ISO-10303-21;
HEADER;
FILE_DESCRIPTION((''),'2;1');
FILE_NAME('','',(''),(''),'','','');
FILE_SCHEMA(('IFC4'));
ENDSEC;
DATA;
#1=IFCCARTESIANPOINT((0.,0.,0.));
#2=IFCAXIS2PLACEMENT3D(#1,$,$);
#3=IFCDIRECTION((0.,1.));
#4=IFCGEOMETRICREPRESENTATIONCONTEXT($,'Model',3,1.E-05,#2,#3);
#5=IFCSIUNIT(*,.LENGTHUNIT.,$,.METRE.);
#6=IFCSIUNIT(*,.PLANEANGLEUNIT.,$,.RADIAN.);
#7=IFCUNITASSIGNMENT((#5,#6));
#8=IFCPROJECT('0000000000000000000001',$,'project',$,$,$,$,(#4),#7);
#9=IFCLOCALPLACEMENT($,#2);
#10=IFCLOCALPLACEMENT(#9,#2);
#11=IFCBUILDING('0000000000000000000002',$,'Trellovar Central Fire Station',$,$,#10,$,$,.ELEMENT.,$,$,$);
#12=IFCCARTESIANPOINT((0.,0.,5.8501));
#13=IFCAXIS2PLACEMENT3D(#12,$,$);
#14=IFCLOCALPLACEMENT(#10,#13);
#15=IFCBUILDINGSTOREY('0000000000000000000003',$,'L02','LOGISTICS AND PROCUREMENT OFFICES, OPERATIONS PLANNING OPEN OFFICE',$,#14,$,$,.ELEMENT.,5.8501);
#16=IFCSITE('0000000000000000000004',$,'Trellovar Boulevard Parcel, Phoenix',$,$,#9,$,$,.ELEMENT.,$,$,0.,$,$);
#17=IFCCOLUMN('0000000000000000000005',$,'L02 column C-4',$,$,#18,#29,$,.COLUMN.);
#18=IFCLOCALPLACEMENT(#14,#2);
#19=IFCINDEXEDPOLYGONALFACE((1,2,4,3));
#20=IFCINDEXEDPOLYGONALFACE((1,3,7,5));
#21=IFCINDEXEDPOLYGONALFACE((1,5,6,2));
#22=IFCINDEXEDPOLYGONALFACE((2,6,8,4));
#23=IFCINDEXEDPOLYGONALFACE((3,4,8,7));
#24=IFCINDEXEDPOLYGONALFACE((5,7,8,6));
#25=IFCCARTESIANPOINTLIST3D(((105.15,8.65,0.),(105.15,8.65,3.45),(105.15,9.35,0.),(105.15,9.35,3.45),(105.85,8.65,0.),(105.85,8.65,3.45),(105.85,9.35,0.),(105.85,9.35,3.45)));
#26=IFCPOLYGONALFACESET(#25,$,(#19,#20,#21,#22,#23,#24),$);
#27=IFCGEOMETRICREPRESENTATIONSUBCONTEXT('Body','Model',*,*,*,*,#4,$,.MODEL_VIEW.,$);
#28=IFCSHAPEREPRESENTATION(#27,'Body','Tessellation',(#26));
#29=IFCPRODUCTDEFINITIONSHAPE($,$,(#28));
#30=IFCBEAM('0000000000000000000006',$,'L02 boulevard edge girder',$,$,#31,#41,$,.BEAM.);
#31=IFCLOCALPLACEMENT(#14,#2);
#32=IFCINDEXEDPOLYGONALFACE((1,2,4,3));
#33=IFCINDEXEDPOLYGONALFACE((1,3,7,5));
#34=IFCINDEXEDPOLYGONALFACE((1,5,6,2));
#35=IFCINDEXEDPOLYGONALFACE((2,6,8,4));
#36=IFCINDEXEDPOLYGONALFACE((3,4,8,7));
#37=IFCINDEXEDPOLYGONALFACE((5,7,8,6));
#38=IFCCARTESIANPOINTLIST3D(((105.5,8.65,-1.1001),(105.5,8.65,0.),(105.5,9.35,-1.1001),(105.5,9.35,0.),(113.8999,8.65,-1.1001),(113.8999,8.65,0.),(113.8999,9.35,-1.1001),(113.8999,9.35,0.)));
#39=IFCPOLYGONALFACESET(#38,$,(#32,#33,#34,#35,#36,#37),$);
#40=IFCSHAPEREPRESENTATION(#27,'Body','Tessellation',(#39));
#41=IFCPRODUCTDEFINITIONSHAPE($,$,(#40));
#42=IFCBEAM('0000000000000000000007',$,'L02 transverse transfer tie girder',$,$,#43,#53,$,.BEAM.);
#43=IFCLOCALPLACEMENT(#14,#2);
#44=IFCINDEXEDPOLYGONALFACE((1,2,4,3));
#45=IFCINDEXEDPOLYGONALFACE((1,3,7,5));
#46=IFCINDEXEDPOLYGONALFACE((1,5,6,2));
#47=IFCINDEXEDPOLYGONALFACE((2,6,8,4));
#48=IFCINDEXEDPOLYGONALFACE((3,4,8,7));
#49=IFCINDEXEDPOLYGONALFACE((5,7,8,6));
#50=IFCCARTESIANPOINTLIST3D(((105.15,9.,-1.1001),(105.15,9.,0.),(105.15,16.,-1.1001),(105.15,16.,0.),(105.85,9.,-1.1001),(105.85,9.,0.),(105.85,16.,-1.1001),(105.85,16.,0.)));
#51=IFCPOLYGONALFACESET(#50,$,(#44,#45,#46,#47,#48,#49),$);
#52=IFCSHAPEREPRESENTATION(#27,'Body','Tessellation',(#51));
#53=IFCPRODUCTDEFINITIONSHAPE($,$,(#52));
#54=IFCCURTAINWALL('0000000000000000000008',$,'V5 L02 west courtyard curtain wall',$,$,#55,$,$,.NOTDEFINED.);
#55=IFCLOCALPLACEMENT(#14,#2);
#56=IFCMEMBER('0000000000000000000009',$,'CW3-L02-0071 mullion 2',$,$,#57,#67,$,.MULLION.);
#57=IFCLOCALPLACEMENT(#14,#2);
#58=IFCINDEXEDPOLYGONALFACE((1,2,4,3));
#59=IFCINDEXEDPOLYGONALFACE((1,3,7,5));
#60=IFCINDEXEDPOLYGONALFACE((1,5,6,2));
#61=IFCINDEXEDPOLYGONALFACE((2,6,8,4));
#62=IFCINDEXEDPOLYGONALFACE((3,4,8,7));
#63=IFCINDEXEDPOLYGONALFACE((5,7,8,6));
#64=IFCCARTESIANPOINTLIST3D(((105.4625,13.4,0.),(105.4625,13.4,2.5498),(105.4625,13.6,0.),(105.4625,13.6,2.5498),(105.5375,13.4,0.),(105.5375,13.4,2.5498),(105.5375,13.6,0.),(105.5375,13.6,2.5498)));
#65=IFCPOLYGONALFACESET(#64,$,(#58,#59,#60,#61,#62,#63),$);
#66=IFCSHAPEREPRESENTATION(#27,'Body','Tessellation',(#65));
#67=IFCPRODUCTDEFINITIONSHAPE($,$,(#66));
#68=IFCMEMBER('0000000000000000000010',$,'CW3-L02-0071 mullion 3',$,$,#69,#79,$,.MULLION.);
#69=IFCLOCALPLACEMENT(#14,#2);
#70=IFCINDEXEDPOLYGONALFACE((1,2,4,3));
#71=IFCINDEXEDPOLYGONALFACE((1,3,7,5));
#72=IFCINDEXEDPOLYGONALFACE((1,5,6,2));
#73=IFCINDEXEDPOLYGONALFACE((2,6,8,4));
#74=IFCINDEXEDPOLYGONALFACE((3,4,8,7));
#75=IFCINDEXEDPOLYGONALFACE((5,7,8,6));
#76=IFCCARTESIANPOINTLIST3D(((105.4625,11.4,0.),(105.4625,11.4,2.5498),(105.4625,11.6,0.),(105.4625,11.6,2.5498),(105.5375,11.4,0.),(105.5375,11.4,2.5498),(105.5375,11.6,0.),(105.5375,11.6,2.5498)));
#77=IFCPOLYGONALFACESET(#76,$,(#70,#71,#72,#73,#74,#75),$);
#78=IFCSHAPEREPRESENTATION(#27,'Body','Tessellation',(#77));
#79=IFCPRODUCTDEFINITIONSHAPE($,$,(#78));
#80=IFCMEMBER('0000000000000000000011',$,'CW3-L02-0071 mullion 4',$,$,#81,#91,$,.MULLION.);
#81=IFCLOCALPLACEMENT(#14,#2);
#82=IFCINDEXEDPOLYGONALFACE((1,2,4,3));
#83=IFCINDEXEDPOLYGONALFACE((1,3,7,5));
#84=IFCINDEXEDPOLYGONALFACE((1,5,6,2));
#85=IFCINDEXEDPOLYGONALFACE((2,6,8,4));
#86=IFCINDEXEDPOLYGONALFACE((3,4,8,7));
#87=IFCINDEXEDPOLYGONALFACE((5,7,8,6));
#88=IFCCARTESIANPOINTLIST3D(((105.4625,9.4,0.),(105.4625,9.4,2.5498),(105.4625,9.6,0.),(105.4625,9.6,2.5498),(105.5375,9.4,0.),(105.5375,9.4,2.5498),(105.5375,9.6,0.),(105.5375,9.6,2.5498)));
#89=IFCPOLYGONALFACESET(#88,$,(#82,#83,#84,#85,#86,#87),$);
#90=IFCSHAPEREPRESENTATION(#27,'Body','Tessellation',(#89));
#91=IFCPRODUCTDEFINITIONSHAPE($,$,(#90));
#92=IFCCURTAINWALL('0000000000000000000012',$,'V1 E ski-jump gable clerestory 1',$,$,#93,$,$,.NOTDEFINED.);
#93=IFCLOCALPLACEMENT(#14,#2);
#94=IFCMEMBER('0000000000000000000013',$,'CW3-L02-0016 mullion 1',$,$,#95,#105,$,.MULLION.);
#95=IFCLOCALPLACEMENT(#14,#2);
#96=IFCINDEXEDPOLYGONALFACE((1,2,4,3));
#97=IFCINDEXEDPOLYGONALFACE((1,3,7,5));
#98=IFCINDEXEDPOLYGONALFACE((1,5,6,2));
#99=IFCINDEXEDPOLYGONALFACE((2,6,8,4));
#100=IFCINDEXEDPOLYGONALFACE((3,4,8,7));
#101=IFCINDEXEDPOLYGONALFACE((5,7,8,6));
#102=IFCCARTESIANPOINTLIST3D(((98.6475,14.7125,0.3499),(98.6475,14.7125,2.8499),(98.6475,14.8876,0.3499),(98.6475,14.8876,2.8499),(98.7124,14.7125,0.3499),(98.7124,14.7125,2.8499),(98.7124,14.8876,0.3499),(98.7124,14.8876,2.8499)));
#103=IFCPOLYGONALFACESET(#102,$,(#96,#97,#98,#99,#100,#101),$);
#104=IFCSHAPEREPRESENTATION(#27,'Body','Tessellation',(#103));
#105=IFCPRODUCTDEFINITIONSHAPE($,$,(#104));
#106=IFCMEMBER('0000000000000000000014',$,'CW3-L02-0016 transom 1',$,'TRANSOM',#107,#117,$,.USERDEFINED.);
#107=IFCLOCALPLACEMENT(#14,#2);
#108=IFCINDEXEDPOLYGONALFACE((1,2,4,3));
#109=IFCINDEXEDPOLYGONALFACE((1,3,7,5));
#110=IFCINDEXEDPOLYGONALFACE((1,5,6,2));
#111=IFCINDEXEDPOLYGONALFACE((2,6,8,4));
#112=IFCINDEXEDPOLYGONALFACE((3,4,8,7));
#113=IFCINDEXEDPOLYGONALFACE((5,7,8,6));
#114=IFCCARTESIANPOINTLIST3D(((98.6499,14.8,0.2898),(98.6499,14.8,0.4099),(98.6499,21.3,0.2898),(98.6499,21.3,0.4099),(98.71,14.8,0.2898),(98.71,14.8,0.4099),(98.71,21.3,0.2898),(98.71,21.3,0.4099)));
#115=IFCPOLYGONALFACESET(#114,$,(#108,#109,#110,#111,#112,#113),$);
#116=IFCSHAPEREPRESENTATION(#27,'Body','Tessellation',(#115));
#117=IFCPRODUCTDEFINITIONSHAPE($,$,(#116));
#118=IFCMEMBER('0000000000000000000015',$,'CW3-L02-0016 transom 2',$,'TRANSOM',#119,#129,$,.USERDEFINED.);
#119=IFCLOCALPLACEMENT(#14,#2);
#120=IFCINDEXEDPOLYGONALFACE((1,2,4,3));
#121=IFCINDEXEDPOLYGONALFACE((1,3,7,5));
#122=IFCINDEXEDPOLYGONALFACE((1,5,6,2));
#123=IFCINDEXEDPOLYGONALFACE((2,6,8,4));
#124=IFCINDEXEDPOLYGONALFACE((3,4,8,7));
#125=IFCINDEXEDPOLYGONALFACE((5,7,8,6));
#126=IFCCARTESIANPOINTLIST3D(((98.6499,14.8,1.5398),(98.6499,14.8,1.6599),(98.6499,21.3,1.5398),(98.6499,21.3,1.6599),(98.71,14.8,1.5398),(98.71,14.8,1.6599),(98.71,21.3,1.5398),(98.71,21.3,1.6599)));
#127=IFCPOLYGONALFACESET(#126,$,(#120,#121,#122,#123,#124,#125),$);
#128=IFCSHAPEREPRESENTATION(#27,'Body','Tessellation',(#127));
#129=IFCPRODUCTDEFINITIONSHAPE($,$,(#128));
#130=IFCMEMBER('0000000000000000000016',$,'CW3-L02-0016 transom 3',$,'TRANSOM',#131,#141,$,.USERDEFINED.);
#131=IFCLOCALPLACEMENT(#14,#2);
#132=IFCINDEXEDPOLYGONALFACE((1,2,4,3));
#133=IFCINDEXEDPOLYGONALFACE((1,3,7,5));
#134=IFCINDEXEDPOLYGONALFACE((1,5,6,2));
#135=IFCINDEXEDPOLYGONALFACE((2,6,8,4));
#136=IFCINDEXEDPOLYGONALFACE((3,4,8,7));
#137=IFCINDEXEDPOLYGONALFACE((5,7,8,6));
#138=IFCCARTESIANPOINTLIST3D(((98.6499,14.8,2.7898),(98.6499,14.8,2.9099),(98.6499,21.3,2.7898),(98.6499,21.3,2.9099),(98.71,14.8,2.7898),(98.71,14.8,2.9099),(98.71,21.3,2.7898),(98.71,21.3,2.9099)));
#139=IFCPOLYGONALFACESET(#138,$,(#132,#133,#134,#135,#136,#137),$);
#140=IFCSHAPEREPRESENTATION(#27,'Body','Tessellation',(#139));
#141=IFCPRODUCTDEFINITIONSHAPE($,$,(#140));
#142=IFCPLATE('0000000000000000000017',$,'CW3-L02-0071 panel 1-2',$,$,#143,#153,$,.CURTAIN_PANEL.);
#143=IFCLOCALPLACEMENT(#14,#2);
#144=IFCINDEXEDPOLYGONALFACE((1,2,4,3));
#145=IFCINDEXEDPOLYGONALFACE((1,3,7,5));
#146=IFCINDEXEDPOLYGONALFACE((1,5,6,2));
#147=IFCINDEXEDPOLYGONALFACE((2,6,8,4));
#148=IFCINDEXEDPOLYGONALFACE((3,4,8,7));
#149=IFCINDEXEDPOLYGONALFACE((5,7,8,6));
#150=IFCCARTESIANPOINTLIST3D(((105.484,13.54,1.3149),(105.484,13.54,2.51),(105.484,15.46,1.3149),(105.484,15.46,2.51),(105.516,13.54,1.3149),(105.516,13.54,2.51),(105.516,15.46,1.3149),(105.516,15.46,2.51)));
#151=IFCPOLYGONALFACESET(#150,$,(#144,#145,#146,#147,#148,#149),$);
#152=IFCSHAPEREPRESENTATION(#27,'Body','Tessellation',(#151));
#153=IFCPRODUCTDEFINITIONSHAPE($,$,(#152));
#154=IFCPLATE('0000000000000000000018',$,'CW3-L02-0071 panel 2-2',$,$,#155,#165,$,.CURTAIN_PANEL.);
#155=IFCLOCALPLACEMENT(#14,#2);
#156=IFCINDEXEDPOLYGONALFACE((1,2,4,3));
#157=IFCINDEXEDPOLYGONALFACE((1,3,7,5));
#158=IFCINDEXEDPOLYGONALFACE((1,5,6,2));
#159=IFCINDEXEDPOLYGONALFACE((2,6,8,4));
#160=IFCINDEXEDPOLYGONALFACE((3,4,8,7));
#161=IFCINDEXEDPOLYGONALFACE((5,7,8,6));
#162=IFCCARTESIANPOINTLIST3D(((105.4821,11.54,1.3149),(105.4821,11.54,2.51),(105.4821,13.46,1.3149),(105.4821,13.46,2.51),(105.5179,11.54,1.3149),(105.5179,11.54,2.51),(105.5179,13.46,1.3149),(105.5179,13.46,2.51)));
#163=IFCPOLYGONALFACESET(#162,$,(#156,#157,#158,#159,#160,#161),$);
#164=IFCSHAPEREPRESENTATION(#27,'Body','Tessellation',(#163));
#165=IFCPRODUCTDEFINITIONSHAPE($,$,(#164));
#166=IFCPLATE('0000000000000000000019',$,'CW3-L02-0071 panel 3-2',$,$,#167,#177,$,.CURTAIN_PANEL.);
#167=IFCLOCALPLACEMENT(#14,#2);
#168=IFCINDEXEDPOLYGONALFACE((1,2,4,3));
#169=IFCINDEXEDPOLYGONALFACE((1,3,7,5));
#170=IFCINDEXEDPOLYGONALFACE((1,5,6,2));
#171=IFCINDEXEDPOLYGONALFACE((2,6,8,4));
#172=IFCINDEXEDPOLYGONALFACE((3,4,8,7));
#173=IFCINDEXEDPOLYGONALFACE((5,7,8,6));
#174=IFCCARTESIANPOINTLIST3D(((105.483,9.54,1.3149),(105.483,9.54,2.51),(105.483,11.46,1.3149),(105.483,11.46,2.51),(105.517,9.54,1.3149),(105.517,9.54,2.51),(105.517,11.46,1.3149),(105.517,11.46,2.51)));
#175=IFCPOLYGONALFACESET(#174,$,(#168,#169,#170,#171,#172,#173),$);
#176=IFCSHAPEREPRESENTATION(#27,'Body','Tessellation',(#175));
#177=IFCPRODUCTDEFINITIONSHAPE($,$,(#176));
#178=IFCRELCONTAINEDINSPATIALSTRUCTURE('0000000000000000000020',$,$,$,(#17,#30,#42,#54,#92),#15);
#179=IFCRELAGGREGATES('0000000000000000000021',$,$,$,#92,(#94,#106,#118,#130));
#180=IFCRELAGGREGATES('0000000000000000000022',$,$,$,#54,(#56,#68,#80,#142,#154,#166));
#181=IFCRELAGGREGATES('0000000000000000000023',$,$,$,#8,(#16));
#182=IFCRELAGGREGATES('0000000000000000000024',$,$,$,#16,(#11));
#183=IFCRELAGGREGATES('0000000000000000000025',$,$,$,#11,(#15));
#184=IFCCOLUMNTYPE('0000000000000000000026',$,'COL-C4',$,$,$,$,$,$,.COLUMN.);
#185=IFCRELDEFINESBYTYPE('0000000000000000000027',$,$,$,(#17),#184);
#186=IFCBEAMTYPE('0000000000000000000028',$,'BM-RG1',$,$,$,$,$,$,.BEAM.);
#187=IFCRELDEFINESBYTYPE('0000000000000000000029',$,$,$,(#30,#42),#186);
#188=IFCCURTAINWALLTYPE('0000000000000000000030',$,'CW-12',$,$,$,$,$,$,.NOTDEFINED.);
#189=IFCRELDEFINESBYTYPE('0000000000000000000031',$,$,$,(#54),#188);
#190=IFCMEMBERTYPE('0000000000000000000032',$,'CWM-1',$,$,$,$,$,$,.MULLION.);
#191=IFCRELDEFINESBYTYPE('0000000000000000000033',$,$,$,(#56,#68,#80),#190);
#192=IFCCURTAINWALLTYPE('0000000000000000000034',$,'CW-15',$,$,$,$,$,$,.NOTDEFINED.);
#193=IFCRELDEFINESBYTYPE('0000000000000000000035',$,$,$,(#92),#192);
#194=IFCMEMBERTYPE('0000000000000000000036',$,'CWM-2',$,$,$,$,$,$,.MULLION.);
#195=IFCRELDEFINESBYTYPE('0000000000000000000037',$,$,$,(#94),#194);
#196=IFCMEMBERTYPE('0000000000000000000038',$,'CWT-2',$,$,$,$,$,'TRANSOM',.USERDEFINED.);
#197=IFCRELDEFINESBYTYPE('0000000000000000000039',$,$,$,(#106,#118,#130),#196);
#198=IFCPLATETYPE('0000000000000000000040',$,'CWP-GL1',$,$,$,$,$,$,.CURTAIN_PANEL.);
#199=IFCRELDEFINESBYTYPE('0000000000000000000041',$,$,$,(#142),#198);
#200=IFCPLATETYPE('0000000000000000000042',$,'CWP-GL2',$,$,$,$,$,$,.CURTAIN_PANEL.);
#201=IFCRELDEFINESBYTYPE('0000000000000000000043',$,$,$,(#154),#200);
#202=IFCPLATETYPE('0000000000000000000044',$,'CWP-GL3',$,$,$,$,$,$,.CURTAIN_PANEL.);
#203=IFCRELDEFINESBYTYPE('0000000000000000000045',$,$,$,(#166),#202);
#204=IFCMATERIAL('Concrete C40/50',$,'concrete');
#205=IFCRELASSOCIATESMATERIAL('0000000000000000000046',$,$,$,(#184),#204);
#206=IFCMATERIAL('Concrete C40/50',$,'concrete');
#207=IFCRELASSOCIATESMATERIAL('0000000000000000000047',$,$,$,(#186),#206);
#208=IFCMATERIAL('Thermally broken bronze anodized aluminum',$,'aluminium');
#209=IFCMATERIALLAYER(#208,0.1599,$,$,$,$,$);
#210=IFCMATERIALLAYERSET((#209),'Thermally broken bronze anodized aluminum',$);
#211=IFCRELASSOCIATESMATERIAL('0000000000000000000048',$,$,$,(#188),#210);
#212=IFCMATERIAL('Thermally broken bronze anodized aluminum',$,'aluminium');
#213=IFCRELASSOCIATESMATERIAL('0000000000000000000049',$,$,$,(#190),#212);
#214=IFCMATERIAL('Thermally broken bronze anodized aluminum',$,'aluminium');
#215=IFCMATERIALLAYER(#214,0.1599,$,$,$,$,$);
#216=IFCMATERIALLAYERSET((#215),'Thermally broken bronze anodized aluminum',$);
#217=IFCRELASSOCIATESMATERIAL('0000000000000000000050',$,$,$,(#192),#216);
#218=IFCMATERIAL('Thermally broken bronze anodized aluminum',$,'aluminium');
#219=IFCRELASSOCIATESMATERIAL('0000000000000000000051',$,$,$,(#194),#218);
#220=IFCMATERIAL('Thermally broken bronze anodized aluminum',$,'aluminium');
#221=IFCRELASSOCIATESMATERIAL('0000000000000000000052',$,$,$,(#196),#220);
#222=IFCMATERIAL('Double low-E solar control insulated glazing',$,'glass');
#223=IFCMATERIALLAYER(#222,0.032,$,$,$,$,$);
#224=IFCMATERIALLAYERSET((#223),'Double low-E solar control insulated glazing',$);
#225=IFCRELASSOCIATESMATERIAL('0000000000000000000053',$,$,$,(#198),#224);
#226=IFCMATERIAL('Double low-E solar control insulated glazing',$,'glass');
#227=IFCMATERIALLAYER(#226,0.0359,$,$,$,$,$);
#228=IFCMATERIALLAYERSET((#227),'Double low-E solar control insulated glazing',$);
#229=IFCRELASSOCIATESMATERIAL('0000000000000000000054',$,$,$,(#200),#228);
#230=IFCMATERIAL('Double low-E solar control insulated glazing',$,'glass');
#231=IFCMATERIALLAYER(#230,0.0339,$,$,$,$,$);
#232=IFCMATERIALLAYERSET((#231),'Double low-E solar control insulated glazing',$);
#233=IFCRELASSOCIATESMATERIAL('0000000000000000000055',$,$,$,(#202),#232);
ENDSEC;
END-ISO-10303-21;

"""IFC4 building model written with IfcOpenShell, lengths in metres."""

from ifc_helpers import new_model, si_unit, direction, frame, origin, origin_2d, place, context, subcontext, project, spatial, rectangle, extrude, material, layer, layer_set, material_profile, profile_set, type_object, element, aggregate, save


model = new_model("IFC4")

# Units and contexts
model_context = context("Model", 3, precision=1e-05, world=origin(), true_north=direction((0.0, 1.0)))
body_context = subcontext(model_context, "Body", "Model", "MODEL_VIEW")
ifc_project = project(units=[si_unit("LENGTHUNIT", "METRE"), si_unit("PLANEANGLEUNIT", "RADIAN")], contexts=[model_context])

# Site, building, storey
site_placement = place(None, origin())
site = spatial("IfcSite", under=ifc_project, at=site_placement, Name="Trellovar Boulevard Parcel, Phoenix", CompositionType="ELEMENT", RefElevation=0.0)
building_placement = place(site_placement, origin())
building = spatial("IfcBuilding", under=site, at=building_placement, Name="Trellovar Central Fire Station", CompositionType="ELEMENT")
storey_placement = place(building_placement, frame((0.0, 0.0, 5.8501)))
storey = spatial("IfcBuildingStorey", under=building, at=storey_placement, Name="L02", Description="LOGISTICS AND PROCUREMENT OFFICES, OPERATIONS PLANNING OPEN OFFICE", CompositionType="ELEMENT", Elevation=5.8501)

# Column
ifc_material_1 = material(Name="Concrete C40/50", Category="concrete")
ifc_material_profile_1 = material_profile(ifc_material_1, rectangle(XDim=0.7, YDim=0.7, at=origin_2d()), Name="RC700X700")
ifc_profile_set_1 = profile_set([ifc_material_profile_1], Name="Concrete C40/50")
column_type = type_object("IfcColumnType", Name="COL-C4", PredefinedType="COLUMN", material=ifc_profile_set_1)
column_placement = place(storey_placement, frame((105.5, 9.0, 0.0), z_axis=(0.0, 0.0, 1.0), x_axis=(1.0, 0.0, 0.0)))
element("IfcColumn", 1, at=column_placement, inside=storey, type_object=column_type, Name="L02 column C-4", PredefinedType="COLUMN", context=body_context, shape_type="SweptSolid", body=[
    extrude(rectangle(XDim=0.7, YDim=0.7, at=origin_2d()), origin(), (0.0, 0.0, 1.0), 3.45),
])

# Beams
ifc_material_2 = material(Name="Concrete C40/50", Category="concrete")
ifc_material_profile_2 = material_profile(ifc_material_2, rectangle(XDim=0.7, YDim=1.1001, at=origin_2d()), Name="RC700X1100")
ifc_profile_set_2 = profile_set([ifc_material_profile_2], Name="Concrete C40/50")
beam_type = type_object("IfcBeamType", Name="BM-RG1", PredefinedType="BEAM", material=ifc_profile_set_2)
beam_1_placement = place(storey_placement, frame((105.5, 9.0, -0.55), z_axis=(1.0, 0.0, 0.0), x_axis=(0.0, 1.0, 0.0)))
element("IfcBeam", 2, at=beam_1_placement, inside=storey, type_object=beam_type, Name="L02 boulevard edge girder", PredefinedType="BEAM", context=body_context, shape_type="SweptSolid", body=[
    extrude(rectangle(XDim=0.7, YDim=1.1001, at=origin_2d()), origin(), (0.0, 0.0, 1.0), 8.3999),
])
beam_2_placement = place(storey_placement, frame((105.5, 9.0, -0.55), z_axis=(0.0, 1.0, 0.0), x_axis=(-1.0, 0.0, 0.0)))
element("IfcBeam", 3, at=beam_2_placement, inside=storey, type_object=beam_type, Name="L02 transverse transfer tie girder", PredefinedType="BEAM", context=body_context, shape_type="SweptSolid", body=[
    extrude(rectangle(XDim=0.7, YDim=1.1001, at=origin_2d()), origin(), (0.0, 0.0, 1.0), 7.0),
])

# Curtain walls, members
ifc_material_3 = material(Name="Thermally broken bronze anodized aluminum", Category="aluminium")
ifc_layer_1 = layer(ifc_material_3, 0.1599)
ifc_layer_set_1 = layer_set([ifc_layer_1], Name="Thermally broken bronze anodized aluminum")
curtain_wall_type_1 = type_object("IfcCurtainWallType", Name="CW-12", PredefinedType="NOTDEFINED", material=ifc_layer_set_1)
curtain_wall_1_placement = place(storey_placement, origin())
curtain_wall_1 = element("IfcCurtainWall", 4, at=curtain_wall_1_placement, inside=storey, type_object=curtain_wall_type_1, Name="V5 L02 west courtyard curtain wall", PredefinedType="NOTDEFINED")
ifc_material_4 = material(Name="Thermally broken bronze anodized aluminum", Category="aluminium")
ifc_material_profile_3 = material_profile(ifc_material_4, rectangle(XDim=0.075, YDim=0.2, at=origin_2d()), Name="ALU75X200")
ifc_profile_set_3 = profile_set([ifc_material_profile_3], Name="Thermally broken bronze anodized aluminum")
member_type_1 = type_object("IfcMemberType", Name="CWM-1", PredefinedType="MULLION", material=ifc_profile_set_3)
member_1_placement = place(storey_placement, frame((105.5, 13.5, 0.0), z_axis=(0.0, 0.0, 1.0), x_axis=(1.0, 0.0, 0.0)))
member_1 = element("IfcMember", 5, at=member_1_placement, type_object=member_type_1, Name="CW3-L02-0071 mullion 2", PredefinedType="MULLION", context=body_context, shape_type="SweptSolid", body=[
    extrude(rectangle(XDim=0.075, YDim=0.2, at=origin_2d()), origin(), (0.0, 0.0, 1.0), 2.5498),
])
member_2_placement = place(storey_placement, frame((105.5, 11.5, 0.0), z_axis=(0.0, 0.0, 1.0), x_axis=(1.0, 0.0, 0.0)))
member_2 = element("IfcMember", 6, at=member_2_placement, type_object=member_type_1, Name="CW3-L02-0071 mullion 3", PredefinedType="MULLION", context=body_context, shape_type="SweptSolid", body=[
    extrude(rectangle(XDim=0.075, YDim=0.2, at=origin_2d()), origin(), (0.0, 0.0, 1.0), 2.5498),
])
member_3_placement = place(storey_placement, frame((105.5, 9.5, 0.0), z_axis=(0.0, 0.0, 1.0), x_axis=(1.0, 0.0, 0.0)))
member_3 = element("IfcMember", 7, at=member_3_placement, type_object=member_type_1, Name="CW3-L02-0071 mullion 4", PredefinedType="MULLION", context=body_context, shape_type="SweptSolid", body=[
    extrude(rectangle(XDim=0.075, YDim=0.2, at=origin_2d()), origin(), (0.0, 0.0, 1.0), 2.5498),
])
ifc_material_5 = material(Name="Thermally broken bronze anodized aluminum", Category="aluminium")
ifc_layer_2 = layer(ifc_material_5, 0.1599)
ifc_layer_set_2 = layer_set([ifc_layer_2], Name="Thermally broken bronze anodized aluminum")
curtain_wall_type_2 = type_object("IfcCurtainWallType", Name="CW-15", PredefinedType="NOTDEFINED", material=ifc_layer_set_2)
curtain_wall_2_placement = place(storey_placement, origin())
curtain_wall_2 = element("IfcCurtainWall", 8, at=curtain_wall_2_placement, inside=storey, type_object=curtain_wall_type_2, Name="V1 E ski-jump gable clerestory 1", PredefinedType="NOTDEFINED")
ifc_material_6 = material(Name="Thermally broken bronze anodized aluminum", Category="aluminium")
ifc_material_profile_4 = material_profile(ifc_material_6, rectangle(XDim=0.0649, YDim=0.175, at=origin_2d()), Name="ALU65X175")
ifc_profile_set_4 = profile_set([ifc_material_profile_4], Name="Thermally broken bronze anodized aluminum")
member_type_2 = type_object("IfcMemberType", Name="CWM-2", PredefinedType="MULLION", material=ifc_profile_set_4)
member_4_placement = place(storey_placement, frame((98.6799, 14.8, 0.3499), z_axis=(0.0, 0.0, 1.0), x_axis=(1.0, 0.0, 0.0)))
member_4 = element("IfcMember", 9, at=member_4_placement, type_object=member_type_2, Name="CW3-L02-0016 mullion 1", PredefinedType="MULLION", context=body_context, shape_type="SweptSolid", body=[
    extrude(rectangle(XDim=0.0649, YDim=0.175, at=origin_2d()), origin(), (0.0, 0.0, 1.0), 2.5),
])
ifc_material_7 = material(Name="Thermally broken bronze anodized aluminum", Category="aluminium")
ifc_material_profile_5 = material_profile(ifc_material_7, rectangle(XDim=0.0601, YDim=0.1201, at=origin_2d()), Name="ALU60X120")
ifc_profile_set_5 = profile_set([ifc_material_profile_5], Name="Thermally broken bronze anodized aluminum")
member_type_3 = type_object("IfcMemberType", Name="CWT-2", ElementType="TRANSOM", PredefinedType="USERDEFINED", material=ifc_profile_set_5)
member_5_placement = place(storey_placement, frame((98.6799, 14.8, 0.3499), z_axis=(0.0, 1.0, 0.0), x_axis=(-1.0, 0.0, 0.0)))
member_5 = element("IfcMember", 10, at=member_5_placement, type_object=member_type_3, Name="CW3-L02-0016 transom 1", ObjectType="TRANSOM", PredefinedType="USERDEFINED", context=body_context, shape_type="SweptSolid", body=[
    extrude(rectangle(XDim=0.0601, YDim=0.1201, at=origin_2d()), origin(), (0.0, 0.0, 1.0), 6.5),
])
member_6_placement = place(storey_placement, frame((98.6799, 14.8, 1.5999), z_axis=(0.0, 1.0, 0.0), x_axis=(-1.0, 0.0, 0.0)))
member_6 = element("IfcMember", 11, at=member_6_placement, type_object=member_type_3, Name="CW3-L02-0016 transom 2", ObjectType="TRANSOM", PredefinedType="USERDEFINED", context=body_context, shape_type="SweptSolid", body=[
    extrude(rectangle(XDim=0.0601, YDim=0.1201, at=origin_2d()), origin(), (0.0, 0.0, 1.0), 6.5),
])
member_7_placement = place(storey_placement, frame((98.6799, 14.8, 2.8499), z_axis=(0.0, 1.0, 0.0), x_axis=(-1.0, 0.0, 0.0)))
member_7 = element("IfcMember", 12, at=member_7_placement, type_object=member_type_3, Name="CW3-L02-0016 transom 3", ObjectType="TRANSOM", PredefinedType="USERDEFINED", context=body_context, shape_type="SweptSolid", body=[
    extrude(rectangle(XDim=0.0601, YDim=0.1201, at=origin_2d()), origin(), (0.0, 0.0, 1.0), 6.5),
])
aggregate(curtain_wall_2, [member_4, member_5, member_6, member_7])

# Plates
ifc_material_8 = material(Name="Double low-E solar control insulated glazing", Category="glass")
ifc_layer_3 = layer(ifc_material_8, 0.032)
ifc_layer_set_3 = layer_set([ifc_layer_3], Name="Double low-E solar control insulated glazing")
plate_type_1 = type_object("IfcPlateType", Name="CWP-GL1", PredefinedType="CURTAIN_PANEL", material=ifc_layer_set_3)
plate_1_placement = place(storey_placement, frame((105.5, 14.5, 1.3149), z_axis=(0.0, 0.0, 1.0), x_axis=(0.0, -1.0, 0.0)))
plate_1 = element("IfcPlate", 13, at=plate_1_placement, type_object=plate_type_1, Name="CW3-L02-0071 panel 1-2", PredefinedType="CURTAIN_PANEL", context=body_context, shape_type="SweptSolid", body=[
    extrude(rectangle(XDim=1.9199, YDim=0.032, at=origin_2d()), origin(), (0.0, 0.0, 1.0), 1.1951),
])
ifc_material_9 = material(Name="Double low-E solar control insulated glazing", Category="glass")
ifc_layer_4 = layer(ifc_material_9, 0.0359)
ifc_layer_set_4 = layer_set([ifc_layer_4], Name="Double low-E solar control insulated glazing")
plate_type_2 = type_object("IfcPlateType", Name="CWP-GL2", PredefinedType="CURTAIN_PANEL", material=ifc_layer_set_4)
plate_2_placement = place(storey_placement, frame((105.5, 12.5, 1.3149), z_axis=(0.0, 0.0, 1.0), x_axis=(0.0, -1.0, 0.0)))
plate_2 = element("IfcPlate", 14, at=plate_2_placement, type_object=plate_type_2, Name="CW3-L02-0071 panel 2-2", PredefinedType="CURTAIN_PANEL", context=body_context, shape_type="SweptSolid", body=[
    extrude(rectangle(XDim=1.9199, YDim=0.0359, at=origin_2d()), origin(), (0.0, 0.0, 1.0), 1.1951),
])
ifc_material_10 = material(Name="Double low-E solar control insulated glazing", Category="glass")
ifc_layer_5 = layer(ifc_material_10, 0.0339)
ifc_layer_set_5 = layer_set([ifc_layer_5], Name="Double low-E solar control insulated glazing")
plate_type_3 = type_object("IfcPlateType", Name="CWP-GL3", PredefinedType="CURTAIN_PANEL", material=ifc_layer_set_5)
plate_3_placement = place(storey_placement, frame((105.5, 10.5, 1.3149), z_axis=(0.0, 0.0, 1.0), x_axis=(0.0, -1.0, 0.0)))
plate_3 = element("IfcPlate", 15, at=plate_3_placement, type_object=plate_type_3, Name="CW3-L02-0071 panel 3-2", PredefinedType="CURTAIN_PANEL", context=body_context, shape_type="SweptSolid", body=[
    extrude(rectangle(XDim=1.9199, YDim=0.0339, at=origin_2d()), origin(), (0.0, 0.0, 1.0), 1.1951),
])
aggregate(curtain_wall_1, [member_1, member_2, member_3, plate_1, plate_2, plate_3])

save(model, "model.ifc")
